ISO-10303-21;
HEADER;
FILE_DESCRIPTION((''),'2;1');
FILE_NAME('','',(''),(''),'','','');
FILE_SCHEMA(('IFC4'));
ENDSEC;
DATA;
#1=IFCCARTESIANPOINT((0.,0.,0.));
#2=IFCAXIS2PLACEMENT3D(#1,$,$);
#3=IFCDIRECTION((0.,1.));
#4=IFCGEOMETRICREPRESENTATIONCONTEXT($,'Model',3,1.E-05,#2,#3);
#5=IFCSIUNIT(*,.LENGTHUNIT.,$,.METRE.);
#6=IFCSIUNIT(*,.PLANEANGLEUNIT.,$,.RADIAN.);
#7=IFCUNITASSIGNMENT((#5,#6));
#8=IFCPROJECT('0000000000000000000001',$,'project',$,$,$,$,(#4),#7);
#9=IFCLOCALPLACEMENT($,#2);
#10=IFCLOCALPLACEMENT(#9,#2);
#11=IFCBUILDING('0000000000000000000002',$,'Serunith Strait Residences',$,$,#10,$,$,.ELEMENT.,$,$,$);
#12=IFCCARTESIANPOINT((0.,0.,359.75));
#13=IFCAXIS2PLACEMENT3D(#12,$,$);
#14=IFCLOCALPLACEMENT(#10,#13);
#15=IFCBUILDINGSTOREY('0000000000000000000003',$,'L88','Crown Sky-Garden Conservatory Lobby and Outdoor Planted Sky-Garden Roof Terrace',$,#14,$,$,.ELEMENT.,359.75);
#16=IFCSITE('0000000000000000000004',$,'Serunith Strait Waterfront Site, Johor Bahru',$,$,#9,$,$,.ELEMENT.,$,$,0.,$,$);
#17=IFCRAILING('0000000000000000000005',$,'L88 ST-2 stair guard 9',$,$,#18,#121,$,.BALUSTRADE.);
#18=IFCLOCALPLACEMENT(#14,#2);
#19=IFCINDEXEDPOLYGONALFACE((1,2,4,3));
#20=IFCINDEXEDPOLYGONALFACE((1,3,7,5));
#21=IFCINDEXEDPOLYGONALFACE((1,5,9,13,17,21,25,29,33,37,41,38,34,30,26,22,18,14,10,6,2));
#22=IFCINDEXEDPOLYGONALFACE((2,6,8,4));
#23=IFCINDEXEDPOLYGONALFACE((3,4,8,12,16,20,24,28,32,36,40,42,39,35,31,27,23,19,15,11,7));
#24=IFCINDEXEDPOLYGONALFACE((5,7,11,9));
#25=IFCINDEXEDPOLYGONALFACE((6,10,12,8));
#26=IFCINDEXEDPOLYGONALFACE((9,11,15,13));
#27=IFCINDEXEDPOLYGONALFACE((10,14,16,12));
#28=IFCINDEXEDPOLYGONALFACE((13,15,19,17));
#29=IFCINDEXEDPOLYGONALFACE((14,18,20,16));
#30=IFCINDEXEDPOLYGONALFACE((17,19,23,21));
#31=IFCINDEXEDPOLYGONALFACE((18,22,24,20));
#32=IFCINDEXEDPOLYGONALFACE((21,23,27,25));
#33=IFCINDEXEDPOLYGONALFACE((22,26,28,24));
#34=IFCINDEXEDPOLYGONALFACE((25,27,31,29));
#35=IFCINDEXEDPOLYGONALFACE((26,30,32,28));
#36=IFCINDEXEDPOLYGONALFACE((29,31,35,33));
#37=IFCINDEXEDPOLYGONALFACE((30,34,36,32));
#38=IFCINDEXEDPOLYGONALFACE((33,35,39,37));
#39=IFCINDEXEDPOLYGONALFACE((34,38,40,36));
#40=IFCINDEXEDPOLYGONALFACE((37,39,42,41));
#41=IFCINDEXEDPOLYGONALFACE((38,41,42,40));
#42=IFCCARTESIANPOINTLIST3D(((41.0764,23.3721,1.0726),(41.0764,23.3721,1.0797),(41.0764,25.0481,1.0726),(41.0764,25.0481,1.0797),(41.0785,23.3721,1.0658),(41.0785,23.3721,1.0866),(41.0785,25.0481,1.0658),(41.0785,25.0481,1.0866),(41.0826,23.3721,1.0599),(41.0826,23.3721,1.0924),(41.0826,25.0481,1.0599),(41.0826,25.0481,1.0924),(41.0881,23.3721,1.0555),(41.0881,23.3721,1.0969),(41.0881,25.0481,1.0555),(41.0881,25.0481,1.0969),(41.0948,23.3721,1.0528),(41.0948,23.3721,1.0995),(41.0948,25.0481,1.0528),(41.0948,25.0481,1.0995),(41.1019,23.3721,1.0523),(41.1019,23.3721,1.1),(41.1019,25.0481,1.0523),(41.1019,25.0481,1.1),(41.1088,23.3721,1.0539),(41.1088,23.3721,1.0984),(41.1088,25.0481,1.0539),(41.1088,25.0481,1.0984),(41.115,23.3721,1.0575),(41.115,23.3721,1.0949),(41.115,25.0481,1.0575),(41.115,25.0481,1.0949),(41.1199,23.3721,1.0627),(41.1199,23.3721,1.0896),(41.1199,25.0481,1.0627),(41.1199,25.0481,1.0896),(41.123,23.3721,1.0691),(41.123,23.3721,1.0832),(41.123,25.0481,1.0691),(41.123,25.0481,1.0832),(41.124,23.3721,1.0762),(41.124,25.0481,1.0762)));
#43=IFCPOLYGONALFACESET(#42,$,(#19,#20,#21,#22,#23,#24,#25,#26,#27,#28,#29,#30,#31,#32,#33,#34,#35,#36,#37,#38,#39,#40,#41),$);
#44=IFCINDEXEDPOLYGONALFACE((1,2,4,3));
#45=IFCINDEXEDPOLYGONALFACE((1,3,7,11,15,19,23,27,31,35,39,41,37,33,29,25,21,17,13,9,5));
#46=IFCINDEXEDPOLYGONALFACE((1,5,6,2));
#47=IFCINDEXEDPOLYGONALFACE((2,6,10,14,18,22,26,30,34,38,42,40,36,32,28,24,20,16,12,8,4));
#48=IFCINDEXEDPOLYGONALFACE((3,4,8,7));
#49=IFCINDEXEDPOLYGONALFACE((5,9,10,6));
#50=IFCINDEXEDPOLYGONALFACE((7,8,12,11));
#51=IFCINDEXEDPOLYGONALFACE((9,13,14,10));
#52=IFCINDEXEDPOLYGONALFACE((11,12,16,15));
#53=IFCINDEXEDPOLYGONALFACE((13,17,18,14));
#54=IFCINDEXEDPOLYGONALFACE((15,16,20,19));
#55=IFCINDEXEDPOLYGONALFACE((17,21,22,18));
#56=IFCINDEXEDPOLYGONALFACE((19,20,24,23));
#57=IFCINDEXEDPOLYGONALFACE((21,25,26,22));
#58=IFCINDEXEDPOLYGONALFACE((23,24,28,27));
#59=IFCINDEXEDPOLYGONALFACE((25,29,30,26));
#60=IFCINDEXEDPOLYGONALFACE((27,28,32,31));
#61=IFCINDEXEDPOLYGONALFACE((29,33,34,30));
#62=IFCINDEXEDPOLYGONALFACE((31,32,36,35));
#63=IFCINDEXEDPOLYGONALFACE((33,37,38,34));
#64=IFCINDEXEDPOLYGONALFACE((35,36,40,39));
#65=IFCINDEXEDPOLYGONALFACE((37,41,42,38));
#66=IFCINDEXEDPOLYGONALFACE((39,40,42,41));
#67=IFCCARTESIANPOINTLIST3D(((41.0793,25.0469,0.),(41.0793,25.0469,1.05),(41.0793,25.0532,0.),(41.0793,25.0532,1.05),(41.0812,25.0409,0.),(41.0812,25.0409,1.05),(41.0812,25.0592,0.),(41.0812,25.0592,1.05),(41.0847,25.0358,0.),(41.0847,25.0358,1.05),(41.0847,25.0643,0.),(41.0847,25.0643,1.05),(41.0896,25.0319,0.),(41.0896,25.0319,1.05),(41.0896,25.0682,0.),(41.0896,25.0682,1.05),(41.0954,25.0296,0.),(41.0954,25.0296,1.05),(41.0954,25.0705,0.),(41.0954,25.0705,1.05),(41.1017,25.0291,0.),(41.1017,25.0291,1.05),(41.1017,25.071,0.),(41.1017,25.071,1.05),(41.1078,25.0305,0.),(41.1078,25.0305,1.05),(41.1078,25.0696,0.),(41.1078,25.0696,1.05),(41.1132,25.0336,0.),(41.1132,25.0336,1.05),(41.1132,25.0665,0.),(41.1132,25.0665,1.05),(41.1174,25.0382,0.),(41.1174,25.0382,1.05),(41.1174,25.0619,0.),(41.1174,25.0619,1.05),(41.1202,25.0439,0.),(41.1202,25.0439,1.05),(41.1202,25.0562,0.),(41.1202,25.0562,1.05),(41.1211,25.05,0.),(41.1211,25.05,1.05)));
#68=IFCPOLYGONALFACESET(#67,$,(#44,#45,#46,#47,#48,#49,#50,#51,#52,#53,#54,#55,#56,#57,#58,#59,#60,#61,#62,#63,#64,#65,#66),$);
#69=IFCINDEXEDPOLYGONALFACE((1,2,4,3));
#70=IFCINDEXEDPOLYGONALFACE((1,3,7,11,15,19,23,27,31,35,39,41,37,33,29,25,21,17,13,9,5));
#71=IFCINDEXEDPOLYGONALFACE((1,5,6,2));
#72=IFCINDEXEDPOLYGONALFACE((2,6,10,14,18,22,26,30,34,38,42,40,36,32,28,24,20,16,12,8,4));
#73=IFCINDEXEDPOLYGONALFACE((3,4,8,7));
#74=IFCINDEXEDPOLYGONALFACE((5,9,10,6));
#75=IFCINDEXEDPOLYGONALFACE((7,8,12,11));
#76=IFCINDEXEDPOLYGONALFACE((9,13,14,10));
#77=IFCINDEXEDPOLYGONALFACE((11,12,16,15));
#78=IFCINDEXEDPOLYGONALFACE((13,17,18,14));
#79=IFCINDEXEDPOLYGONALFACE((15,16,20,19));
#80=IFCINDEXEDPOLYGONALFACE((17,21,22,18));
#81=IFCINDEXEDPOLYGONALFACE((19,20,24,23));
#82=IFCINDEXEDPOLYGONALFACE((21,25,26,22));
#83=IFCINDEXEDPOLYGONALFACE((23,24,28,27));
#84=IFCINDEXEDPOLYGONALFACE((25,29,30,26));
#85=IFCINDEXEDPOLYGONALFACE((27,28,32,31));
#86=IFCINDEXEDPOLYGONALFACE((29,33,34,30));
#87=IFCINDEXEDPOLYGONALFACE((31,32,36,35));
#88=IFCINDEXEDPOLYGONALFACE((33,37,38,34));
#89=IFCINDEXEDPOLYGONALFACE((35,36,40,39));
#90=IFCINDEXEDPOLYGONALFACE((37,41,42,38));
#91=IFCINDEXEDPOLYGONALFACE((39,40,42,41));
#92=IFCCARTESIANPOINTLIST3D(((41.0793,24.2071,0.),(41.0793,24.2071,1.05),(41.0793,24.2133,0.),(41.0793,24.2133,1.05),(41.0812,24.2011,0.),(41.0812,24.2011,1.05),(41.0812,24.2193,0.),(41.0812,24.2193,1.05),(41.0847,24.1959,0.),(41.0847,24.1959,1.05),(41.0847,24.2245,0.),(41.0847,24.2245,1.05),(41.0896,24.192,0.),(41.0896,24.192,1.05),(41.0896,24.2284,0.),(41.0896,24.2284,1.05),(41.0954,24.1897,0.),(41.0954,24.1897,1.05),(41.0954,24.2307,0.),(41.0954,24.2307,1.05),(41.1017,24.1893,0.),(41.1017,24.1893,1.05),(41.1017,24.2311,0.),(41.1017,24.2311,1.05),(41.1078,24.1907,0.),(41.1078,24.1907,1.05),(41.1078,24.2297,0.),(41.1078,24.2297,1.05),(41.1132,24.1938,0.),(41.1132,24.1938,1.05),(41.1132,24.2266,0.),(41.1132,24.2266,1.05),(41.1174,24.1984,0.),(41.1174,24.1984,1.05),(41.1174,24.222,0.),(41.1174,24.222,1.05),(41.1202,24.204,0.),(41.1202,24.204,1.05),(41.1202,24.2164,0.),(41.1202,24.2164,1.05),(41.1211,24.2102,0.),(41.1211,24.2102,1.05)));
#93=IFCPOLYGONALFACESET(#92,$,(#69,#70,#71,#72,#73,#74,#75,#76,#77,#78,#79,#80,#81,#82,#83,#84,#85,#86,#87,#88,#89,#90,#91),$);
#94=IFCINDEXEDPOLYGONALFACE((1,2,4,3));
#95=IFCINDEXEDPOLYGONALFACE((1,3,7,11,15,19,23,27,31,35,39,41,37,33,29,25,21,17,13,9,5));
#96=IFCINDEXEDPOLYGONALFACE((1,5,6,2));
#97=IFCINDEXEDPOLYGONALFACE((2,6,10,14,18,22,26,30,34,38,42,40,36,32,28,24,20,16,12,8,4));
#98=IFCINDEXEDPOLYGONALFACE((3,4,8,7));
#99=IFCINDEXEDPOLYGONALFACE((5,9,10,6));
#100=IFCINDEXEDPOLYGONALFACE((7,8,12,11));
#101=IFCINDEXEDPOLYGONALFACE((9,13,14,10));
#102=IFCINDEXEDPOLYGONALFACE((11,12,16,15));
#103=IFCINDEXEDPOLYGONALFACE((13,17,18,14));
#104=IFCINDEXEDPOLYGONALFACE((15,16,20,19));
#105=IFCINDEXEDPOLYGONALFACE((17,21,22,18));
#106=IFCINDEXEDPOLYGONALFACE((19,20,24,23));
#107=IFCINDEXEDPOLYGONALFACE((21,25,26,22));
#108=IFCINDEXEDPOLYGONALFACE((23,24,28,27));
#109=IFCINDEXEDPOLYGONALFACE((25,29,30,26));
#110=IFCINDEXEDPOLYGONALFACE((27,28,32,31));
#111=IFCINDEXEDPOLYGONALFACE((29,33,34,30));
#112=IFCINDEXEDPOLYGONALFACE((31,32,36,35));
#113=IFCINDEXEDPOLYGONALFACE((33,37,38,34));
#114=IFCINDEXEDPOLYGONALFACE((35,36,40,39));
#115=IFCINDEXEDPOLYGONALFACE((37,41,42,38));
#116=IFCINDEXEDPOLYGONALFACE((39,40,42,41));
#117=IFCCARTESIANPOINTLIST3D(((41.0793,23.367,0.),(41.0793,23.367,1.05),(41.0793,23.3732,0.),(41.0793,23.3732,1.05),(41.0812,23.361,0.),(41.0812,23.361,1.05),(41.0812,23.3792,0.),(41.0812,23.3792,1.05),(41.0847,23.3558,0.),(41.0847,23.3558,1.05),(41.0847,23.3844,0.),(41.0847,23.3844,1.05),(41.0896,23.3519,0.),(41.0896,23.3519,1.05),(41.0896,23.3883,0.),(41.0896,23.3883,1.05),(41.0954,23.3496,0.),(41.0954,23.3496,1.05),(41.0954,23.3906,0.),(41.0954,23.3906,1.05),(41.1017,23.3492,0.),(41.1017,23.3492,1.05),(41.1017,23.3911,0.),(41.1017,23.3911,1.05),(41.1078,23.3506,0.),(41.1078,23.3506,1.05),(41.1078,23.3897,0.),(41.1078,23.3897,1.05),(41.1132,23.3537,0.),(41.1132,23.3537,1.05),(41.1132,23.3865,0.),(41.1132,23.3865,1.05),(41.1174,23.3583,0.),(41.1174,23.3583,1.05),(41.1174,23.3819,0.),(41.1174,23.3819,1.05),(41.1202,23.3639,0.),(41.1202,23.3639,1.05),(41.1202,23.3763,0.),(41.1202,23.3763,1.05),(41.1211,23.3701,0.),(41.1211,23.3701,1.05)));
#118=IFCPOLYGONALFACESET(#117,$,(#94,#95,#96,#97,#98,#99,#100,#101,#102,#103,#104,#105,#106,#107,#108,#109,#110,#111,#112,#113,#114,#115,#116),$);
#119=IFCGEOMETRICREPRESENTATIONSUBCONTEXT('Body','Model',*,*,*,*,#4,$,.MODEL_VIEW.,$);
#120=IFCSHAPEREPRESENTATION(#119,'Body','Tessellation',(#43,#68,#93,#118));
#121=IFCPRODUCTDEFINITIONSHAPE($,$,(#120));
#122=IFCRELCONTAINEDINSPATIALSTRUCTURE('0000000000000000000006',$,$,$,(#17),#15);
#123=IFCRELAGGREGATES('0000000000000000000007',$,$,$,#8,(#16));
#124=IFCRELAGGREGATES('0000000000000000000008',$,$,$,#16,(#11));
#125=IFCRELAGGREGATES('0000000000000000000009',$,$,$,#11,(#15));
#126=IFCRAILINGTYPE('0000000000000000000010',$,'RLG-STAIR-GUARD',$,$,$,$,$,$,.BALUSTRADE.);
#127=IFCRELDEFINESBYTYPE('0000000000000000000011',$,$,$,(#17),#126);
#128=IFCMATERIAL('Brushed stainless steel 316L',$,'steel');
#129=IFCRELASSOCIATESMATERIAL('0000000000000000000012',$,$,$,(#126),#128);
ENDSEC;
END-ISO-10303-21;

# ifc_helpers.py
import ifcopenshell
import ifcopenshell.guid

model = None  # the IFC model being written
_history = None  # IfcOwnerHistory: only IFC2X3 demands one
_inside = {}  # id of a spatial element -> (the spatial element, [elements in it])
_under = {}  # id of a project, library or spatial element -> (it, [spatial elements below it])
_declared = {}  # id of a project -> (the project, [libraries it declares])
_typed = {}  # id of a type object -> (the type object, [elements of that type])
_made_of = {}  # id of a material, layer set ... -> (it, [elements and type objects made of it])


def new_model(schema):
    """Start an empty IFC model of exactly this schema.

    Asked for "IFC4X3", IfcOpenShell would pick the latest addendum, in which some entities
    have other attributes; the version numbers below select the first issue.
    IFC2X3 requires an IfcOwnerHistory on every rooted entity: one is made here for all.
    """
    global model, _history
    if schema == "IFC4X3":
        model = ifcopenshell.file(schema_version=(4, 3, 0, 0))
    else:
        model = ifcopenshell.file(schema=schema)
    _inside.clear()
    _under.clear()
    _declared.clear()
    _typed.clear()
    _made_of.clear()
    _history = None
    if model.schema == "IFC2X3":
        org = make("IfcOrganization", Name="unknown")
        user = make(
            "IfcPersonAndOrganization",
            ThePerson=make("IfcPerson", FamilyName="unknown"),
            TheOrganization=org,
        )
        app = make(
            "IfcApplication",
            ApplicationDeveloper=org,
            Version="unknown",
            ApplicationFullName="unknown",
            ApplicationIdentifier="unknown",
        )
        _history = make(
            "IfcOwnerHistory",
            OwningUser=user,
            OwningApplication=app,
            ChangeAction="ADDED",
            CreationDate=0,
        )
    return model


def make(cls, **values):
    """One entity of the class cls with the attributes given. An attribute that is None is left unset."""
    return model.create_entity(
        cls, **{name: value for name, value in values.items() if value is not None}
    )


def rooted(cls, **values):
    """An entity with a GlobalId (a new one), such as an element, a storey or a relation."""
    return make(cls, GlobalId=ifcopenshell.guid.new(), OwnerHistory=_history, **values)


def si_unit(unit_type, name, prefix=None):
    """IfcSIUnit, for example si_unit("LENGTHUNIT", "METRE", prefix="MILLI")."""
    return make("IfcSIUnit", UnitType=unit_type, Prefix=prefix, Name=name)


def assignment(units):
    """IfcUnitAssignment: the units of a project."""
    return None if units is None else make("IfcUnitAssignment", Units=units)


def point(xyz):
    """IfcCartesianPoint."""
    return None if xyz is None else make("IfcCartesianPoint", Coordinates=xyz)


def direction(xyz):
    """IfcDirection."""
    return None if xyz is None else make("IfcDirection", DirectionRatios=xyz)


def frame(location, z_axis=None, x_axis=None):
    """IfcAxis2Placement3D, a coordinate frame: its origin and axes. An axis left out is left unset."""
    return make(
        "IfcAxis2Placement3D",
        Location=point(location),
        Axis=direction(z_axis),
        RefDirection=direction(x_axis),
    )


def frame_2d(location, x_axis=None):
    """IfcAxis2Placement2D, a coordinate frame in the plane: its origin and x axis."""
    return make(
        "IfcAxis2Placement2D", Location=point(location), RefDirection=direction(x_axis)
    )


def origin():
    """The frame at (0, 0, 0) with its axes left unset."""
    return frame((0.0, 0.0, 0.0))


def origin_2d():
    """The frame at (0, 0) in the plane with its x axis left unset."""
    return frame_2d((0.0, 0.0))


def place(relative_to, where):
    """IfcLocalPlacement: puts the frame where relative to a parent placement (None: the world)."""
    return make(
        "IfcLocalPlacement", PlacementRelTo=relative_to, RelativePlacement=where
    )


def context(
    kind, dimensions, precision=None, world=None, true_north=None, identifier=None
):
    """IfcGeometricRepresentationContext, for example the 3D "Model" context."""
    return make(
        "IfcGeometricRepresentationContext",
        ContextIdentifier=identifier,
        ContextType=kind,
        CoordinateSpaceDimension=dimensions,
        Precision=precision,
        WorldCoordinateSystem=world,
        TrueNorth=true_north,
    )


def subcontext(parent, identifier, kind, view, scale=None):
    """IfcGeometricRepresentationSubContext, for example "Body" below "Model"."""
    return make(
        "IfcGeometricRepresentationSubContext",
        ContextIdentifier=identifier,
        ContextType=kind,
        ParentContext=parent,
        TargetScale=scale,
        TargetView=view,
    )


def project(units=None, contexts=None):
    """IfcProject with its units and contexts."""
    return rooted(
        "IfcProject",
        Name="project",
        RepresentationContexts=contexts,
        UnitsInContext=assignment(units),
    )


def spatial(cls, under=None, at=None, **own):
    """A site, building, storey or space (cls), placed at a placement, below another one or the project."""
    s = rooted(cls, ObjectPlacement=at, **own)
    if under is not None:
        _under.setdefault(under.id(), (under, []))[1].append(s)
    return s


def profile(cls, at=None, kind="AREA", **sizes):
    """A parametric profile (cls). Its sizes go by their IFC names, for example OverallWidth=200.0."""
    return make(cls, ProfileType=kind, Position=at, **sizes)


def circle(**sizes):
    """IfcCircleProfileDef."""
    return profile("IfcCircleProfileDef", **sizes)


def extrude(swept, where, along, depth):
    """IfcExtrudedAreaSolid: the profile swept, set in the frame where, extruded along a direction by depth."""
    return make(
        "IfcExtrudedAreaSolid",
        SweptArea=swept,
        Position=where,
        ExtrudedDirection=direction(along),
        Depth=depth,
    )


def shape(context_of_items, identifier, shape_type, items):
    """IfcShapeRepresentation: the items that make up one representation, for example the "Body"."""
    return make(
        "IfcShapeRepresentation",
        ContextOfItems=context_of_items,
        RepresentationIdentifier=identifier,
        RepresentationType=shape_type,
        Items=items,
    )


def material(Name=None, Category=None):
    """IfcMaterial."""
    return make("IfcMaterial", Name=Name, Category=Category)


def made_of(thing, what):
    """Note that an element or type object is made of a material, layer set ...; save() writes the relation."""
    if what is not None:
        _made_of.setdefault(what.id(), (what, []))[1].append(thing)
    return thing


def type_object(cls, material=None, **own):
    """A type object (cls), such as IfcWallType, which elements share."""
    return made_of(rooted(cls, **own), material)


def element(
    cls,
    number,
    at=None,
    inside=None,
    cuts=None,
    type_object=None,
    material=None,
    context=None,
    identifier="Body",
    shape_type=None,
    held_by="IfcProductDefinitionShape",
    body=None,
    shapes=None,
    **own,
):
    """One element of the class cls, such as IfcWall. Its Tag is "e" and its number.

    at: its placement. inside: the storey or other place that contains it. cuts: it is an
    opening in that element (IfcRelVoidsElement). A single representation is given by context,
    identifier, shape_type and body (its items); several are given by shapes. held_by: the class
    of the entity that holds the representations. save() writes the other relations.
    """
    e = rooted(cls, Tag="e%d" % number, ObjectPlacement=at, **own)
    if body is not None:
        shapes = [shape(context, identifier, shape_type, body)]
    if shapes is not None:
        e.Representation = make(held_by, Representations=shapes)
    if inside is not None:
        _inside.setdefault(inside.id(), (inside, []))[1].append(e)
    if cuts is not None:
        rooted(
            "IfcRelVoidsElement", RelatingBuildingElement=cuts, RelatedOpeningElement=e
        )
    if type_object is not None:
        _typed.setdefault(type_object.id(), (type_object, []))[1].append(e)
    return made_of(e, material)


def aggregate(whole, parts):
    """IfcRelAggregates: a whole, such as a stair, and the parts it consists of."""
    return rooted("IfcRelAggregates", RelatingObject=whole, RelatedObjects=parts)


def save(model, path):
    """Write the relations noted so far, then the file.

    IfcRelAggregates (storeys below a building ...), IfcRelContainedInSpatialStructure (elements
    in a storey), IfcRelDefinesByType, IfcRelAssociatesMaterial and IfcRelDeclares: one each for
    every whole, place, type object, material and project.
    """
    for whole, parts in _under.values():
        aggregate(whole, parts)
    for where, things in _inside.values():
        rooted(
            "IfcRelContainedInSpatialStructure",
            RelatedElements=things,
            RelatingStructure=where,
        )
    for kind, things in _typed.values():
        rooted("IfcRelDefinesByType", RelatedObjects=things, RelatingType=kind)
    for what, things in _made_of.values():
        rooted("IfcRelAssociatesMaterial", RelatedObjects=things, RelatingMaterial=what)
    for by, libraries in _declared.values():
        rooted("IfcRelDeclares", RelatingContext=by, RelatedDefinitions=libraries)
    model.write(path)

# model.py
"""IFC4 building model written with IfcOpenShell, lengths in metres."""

from ifc_helpers import new_model, si_unit, direction, frame, origin, origin_2d, place, context, subcontext, project, spatial, circle, extrude, material, type_object, element, save


model = new_model("IFC4")

# Units and contexts
model_context = context("Model", 3, precision=1e-05, world=origin(), true_north=direction((0.0, 1.0)))
body_context = subcontext(model_context, "Body", "Model", "MODEL_VIEW")
ifc_project = project(units=[si_unit("LENGTHUNIT", "METRE"), si_unit("PLANEANGLEUNIT", "RADIAN")], contexts=[model_context])

# Site, building, storey
site_placement = place(None, origin())
site = spatial("IfcSite", under=ifc_project, at=site_placement, Name="Serunith Strait Waterfront Site, Johor Bahru", CompositionType="ELEMENT", RefElevation=0.0)
building_placement = place(site_placement, origin())
building = spatial("IfcBuilding", under=site, at=building_placement, Name="Serunith Strait Residences", CompositionType="ELEMENT")
storey_placement = place(building_placement, frame((0.0, 0.0, 359.75)))
storey = spatial("IfcBuildingStorey", under=building, at=storey_placement, Name="L88", Description="Crown Sky-Garden Conservatory Lobby and Outdoor Planted Sky-Garden Roof Terrace", CompositionType="ELEMENT", Elevation=359.75)

# Railing
ifc_material_1 = material(Name="Brushed stainless steel 316L", Category="steel")
railing_type_1 = type_object("IfcRailingType", Name="RLG-STAIR-GUARD", PredefinedType="BALUSTRADE", material=ifc_material_1)
railing_1_placement = place(storey_placement, frame((41.1001, 25.05, 0.0)))
element("IfcRailing", 1, at=railing_1_placement, inside=storey, type_object=railing_type_1, Name="L88 ST-2 stair guard 9", PredefinedType="BALUSTRADE", context=body_context, shape_type="SweptSolid", body=[
    extrude(circle(Radius=0.0239, at=origin_2d()), frame((0.0, -0.002, 1.0762), z_axis=(0.0, -1.0, 0.0), x_axis=(1.0, 0.0, 0.0)), (0.0, 0.0, 1.0), 1.676),
    extrude(circle(Radius=0.021, at=origin_2d()), origin(), (0.0, 0.0, 1.0), 1.05),
    extrude(circle(Radius=0.021, at=origin_2d()), frame((0.0, -0.8398, 0.0)), (0.0, 0.0, 1.0), 1.05),
    extrude(circle(Radius=0.021, at=origin_2d()), frame((0.0, -1.6799, 0.0)), (0.0, 0.0, 1.0), 1.05),
])

save(model, "model.ifc")
